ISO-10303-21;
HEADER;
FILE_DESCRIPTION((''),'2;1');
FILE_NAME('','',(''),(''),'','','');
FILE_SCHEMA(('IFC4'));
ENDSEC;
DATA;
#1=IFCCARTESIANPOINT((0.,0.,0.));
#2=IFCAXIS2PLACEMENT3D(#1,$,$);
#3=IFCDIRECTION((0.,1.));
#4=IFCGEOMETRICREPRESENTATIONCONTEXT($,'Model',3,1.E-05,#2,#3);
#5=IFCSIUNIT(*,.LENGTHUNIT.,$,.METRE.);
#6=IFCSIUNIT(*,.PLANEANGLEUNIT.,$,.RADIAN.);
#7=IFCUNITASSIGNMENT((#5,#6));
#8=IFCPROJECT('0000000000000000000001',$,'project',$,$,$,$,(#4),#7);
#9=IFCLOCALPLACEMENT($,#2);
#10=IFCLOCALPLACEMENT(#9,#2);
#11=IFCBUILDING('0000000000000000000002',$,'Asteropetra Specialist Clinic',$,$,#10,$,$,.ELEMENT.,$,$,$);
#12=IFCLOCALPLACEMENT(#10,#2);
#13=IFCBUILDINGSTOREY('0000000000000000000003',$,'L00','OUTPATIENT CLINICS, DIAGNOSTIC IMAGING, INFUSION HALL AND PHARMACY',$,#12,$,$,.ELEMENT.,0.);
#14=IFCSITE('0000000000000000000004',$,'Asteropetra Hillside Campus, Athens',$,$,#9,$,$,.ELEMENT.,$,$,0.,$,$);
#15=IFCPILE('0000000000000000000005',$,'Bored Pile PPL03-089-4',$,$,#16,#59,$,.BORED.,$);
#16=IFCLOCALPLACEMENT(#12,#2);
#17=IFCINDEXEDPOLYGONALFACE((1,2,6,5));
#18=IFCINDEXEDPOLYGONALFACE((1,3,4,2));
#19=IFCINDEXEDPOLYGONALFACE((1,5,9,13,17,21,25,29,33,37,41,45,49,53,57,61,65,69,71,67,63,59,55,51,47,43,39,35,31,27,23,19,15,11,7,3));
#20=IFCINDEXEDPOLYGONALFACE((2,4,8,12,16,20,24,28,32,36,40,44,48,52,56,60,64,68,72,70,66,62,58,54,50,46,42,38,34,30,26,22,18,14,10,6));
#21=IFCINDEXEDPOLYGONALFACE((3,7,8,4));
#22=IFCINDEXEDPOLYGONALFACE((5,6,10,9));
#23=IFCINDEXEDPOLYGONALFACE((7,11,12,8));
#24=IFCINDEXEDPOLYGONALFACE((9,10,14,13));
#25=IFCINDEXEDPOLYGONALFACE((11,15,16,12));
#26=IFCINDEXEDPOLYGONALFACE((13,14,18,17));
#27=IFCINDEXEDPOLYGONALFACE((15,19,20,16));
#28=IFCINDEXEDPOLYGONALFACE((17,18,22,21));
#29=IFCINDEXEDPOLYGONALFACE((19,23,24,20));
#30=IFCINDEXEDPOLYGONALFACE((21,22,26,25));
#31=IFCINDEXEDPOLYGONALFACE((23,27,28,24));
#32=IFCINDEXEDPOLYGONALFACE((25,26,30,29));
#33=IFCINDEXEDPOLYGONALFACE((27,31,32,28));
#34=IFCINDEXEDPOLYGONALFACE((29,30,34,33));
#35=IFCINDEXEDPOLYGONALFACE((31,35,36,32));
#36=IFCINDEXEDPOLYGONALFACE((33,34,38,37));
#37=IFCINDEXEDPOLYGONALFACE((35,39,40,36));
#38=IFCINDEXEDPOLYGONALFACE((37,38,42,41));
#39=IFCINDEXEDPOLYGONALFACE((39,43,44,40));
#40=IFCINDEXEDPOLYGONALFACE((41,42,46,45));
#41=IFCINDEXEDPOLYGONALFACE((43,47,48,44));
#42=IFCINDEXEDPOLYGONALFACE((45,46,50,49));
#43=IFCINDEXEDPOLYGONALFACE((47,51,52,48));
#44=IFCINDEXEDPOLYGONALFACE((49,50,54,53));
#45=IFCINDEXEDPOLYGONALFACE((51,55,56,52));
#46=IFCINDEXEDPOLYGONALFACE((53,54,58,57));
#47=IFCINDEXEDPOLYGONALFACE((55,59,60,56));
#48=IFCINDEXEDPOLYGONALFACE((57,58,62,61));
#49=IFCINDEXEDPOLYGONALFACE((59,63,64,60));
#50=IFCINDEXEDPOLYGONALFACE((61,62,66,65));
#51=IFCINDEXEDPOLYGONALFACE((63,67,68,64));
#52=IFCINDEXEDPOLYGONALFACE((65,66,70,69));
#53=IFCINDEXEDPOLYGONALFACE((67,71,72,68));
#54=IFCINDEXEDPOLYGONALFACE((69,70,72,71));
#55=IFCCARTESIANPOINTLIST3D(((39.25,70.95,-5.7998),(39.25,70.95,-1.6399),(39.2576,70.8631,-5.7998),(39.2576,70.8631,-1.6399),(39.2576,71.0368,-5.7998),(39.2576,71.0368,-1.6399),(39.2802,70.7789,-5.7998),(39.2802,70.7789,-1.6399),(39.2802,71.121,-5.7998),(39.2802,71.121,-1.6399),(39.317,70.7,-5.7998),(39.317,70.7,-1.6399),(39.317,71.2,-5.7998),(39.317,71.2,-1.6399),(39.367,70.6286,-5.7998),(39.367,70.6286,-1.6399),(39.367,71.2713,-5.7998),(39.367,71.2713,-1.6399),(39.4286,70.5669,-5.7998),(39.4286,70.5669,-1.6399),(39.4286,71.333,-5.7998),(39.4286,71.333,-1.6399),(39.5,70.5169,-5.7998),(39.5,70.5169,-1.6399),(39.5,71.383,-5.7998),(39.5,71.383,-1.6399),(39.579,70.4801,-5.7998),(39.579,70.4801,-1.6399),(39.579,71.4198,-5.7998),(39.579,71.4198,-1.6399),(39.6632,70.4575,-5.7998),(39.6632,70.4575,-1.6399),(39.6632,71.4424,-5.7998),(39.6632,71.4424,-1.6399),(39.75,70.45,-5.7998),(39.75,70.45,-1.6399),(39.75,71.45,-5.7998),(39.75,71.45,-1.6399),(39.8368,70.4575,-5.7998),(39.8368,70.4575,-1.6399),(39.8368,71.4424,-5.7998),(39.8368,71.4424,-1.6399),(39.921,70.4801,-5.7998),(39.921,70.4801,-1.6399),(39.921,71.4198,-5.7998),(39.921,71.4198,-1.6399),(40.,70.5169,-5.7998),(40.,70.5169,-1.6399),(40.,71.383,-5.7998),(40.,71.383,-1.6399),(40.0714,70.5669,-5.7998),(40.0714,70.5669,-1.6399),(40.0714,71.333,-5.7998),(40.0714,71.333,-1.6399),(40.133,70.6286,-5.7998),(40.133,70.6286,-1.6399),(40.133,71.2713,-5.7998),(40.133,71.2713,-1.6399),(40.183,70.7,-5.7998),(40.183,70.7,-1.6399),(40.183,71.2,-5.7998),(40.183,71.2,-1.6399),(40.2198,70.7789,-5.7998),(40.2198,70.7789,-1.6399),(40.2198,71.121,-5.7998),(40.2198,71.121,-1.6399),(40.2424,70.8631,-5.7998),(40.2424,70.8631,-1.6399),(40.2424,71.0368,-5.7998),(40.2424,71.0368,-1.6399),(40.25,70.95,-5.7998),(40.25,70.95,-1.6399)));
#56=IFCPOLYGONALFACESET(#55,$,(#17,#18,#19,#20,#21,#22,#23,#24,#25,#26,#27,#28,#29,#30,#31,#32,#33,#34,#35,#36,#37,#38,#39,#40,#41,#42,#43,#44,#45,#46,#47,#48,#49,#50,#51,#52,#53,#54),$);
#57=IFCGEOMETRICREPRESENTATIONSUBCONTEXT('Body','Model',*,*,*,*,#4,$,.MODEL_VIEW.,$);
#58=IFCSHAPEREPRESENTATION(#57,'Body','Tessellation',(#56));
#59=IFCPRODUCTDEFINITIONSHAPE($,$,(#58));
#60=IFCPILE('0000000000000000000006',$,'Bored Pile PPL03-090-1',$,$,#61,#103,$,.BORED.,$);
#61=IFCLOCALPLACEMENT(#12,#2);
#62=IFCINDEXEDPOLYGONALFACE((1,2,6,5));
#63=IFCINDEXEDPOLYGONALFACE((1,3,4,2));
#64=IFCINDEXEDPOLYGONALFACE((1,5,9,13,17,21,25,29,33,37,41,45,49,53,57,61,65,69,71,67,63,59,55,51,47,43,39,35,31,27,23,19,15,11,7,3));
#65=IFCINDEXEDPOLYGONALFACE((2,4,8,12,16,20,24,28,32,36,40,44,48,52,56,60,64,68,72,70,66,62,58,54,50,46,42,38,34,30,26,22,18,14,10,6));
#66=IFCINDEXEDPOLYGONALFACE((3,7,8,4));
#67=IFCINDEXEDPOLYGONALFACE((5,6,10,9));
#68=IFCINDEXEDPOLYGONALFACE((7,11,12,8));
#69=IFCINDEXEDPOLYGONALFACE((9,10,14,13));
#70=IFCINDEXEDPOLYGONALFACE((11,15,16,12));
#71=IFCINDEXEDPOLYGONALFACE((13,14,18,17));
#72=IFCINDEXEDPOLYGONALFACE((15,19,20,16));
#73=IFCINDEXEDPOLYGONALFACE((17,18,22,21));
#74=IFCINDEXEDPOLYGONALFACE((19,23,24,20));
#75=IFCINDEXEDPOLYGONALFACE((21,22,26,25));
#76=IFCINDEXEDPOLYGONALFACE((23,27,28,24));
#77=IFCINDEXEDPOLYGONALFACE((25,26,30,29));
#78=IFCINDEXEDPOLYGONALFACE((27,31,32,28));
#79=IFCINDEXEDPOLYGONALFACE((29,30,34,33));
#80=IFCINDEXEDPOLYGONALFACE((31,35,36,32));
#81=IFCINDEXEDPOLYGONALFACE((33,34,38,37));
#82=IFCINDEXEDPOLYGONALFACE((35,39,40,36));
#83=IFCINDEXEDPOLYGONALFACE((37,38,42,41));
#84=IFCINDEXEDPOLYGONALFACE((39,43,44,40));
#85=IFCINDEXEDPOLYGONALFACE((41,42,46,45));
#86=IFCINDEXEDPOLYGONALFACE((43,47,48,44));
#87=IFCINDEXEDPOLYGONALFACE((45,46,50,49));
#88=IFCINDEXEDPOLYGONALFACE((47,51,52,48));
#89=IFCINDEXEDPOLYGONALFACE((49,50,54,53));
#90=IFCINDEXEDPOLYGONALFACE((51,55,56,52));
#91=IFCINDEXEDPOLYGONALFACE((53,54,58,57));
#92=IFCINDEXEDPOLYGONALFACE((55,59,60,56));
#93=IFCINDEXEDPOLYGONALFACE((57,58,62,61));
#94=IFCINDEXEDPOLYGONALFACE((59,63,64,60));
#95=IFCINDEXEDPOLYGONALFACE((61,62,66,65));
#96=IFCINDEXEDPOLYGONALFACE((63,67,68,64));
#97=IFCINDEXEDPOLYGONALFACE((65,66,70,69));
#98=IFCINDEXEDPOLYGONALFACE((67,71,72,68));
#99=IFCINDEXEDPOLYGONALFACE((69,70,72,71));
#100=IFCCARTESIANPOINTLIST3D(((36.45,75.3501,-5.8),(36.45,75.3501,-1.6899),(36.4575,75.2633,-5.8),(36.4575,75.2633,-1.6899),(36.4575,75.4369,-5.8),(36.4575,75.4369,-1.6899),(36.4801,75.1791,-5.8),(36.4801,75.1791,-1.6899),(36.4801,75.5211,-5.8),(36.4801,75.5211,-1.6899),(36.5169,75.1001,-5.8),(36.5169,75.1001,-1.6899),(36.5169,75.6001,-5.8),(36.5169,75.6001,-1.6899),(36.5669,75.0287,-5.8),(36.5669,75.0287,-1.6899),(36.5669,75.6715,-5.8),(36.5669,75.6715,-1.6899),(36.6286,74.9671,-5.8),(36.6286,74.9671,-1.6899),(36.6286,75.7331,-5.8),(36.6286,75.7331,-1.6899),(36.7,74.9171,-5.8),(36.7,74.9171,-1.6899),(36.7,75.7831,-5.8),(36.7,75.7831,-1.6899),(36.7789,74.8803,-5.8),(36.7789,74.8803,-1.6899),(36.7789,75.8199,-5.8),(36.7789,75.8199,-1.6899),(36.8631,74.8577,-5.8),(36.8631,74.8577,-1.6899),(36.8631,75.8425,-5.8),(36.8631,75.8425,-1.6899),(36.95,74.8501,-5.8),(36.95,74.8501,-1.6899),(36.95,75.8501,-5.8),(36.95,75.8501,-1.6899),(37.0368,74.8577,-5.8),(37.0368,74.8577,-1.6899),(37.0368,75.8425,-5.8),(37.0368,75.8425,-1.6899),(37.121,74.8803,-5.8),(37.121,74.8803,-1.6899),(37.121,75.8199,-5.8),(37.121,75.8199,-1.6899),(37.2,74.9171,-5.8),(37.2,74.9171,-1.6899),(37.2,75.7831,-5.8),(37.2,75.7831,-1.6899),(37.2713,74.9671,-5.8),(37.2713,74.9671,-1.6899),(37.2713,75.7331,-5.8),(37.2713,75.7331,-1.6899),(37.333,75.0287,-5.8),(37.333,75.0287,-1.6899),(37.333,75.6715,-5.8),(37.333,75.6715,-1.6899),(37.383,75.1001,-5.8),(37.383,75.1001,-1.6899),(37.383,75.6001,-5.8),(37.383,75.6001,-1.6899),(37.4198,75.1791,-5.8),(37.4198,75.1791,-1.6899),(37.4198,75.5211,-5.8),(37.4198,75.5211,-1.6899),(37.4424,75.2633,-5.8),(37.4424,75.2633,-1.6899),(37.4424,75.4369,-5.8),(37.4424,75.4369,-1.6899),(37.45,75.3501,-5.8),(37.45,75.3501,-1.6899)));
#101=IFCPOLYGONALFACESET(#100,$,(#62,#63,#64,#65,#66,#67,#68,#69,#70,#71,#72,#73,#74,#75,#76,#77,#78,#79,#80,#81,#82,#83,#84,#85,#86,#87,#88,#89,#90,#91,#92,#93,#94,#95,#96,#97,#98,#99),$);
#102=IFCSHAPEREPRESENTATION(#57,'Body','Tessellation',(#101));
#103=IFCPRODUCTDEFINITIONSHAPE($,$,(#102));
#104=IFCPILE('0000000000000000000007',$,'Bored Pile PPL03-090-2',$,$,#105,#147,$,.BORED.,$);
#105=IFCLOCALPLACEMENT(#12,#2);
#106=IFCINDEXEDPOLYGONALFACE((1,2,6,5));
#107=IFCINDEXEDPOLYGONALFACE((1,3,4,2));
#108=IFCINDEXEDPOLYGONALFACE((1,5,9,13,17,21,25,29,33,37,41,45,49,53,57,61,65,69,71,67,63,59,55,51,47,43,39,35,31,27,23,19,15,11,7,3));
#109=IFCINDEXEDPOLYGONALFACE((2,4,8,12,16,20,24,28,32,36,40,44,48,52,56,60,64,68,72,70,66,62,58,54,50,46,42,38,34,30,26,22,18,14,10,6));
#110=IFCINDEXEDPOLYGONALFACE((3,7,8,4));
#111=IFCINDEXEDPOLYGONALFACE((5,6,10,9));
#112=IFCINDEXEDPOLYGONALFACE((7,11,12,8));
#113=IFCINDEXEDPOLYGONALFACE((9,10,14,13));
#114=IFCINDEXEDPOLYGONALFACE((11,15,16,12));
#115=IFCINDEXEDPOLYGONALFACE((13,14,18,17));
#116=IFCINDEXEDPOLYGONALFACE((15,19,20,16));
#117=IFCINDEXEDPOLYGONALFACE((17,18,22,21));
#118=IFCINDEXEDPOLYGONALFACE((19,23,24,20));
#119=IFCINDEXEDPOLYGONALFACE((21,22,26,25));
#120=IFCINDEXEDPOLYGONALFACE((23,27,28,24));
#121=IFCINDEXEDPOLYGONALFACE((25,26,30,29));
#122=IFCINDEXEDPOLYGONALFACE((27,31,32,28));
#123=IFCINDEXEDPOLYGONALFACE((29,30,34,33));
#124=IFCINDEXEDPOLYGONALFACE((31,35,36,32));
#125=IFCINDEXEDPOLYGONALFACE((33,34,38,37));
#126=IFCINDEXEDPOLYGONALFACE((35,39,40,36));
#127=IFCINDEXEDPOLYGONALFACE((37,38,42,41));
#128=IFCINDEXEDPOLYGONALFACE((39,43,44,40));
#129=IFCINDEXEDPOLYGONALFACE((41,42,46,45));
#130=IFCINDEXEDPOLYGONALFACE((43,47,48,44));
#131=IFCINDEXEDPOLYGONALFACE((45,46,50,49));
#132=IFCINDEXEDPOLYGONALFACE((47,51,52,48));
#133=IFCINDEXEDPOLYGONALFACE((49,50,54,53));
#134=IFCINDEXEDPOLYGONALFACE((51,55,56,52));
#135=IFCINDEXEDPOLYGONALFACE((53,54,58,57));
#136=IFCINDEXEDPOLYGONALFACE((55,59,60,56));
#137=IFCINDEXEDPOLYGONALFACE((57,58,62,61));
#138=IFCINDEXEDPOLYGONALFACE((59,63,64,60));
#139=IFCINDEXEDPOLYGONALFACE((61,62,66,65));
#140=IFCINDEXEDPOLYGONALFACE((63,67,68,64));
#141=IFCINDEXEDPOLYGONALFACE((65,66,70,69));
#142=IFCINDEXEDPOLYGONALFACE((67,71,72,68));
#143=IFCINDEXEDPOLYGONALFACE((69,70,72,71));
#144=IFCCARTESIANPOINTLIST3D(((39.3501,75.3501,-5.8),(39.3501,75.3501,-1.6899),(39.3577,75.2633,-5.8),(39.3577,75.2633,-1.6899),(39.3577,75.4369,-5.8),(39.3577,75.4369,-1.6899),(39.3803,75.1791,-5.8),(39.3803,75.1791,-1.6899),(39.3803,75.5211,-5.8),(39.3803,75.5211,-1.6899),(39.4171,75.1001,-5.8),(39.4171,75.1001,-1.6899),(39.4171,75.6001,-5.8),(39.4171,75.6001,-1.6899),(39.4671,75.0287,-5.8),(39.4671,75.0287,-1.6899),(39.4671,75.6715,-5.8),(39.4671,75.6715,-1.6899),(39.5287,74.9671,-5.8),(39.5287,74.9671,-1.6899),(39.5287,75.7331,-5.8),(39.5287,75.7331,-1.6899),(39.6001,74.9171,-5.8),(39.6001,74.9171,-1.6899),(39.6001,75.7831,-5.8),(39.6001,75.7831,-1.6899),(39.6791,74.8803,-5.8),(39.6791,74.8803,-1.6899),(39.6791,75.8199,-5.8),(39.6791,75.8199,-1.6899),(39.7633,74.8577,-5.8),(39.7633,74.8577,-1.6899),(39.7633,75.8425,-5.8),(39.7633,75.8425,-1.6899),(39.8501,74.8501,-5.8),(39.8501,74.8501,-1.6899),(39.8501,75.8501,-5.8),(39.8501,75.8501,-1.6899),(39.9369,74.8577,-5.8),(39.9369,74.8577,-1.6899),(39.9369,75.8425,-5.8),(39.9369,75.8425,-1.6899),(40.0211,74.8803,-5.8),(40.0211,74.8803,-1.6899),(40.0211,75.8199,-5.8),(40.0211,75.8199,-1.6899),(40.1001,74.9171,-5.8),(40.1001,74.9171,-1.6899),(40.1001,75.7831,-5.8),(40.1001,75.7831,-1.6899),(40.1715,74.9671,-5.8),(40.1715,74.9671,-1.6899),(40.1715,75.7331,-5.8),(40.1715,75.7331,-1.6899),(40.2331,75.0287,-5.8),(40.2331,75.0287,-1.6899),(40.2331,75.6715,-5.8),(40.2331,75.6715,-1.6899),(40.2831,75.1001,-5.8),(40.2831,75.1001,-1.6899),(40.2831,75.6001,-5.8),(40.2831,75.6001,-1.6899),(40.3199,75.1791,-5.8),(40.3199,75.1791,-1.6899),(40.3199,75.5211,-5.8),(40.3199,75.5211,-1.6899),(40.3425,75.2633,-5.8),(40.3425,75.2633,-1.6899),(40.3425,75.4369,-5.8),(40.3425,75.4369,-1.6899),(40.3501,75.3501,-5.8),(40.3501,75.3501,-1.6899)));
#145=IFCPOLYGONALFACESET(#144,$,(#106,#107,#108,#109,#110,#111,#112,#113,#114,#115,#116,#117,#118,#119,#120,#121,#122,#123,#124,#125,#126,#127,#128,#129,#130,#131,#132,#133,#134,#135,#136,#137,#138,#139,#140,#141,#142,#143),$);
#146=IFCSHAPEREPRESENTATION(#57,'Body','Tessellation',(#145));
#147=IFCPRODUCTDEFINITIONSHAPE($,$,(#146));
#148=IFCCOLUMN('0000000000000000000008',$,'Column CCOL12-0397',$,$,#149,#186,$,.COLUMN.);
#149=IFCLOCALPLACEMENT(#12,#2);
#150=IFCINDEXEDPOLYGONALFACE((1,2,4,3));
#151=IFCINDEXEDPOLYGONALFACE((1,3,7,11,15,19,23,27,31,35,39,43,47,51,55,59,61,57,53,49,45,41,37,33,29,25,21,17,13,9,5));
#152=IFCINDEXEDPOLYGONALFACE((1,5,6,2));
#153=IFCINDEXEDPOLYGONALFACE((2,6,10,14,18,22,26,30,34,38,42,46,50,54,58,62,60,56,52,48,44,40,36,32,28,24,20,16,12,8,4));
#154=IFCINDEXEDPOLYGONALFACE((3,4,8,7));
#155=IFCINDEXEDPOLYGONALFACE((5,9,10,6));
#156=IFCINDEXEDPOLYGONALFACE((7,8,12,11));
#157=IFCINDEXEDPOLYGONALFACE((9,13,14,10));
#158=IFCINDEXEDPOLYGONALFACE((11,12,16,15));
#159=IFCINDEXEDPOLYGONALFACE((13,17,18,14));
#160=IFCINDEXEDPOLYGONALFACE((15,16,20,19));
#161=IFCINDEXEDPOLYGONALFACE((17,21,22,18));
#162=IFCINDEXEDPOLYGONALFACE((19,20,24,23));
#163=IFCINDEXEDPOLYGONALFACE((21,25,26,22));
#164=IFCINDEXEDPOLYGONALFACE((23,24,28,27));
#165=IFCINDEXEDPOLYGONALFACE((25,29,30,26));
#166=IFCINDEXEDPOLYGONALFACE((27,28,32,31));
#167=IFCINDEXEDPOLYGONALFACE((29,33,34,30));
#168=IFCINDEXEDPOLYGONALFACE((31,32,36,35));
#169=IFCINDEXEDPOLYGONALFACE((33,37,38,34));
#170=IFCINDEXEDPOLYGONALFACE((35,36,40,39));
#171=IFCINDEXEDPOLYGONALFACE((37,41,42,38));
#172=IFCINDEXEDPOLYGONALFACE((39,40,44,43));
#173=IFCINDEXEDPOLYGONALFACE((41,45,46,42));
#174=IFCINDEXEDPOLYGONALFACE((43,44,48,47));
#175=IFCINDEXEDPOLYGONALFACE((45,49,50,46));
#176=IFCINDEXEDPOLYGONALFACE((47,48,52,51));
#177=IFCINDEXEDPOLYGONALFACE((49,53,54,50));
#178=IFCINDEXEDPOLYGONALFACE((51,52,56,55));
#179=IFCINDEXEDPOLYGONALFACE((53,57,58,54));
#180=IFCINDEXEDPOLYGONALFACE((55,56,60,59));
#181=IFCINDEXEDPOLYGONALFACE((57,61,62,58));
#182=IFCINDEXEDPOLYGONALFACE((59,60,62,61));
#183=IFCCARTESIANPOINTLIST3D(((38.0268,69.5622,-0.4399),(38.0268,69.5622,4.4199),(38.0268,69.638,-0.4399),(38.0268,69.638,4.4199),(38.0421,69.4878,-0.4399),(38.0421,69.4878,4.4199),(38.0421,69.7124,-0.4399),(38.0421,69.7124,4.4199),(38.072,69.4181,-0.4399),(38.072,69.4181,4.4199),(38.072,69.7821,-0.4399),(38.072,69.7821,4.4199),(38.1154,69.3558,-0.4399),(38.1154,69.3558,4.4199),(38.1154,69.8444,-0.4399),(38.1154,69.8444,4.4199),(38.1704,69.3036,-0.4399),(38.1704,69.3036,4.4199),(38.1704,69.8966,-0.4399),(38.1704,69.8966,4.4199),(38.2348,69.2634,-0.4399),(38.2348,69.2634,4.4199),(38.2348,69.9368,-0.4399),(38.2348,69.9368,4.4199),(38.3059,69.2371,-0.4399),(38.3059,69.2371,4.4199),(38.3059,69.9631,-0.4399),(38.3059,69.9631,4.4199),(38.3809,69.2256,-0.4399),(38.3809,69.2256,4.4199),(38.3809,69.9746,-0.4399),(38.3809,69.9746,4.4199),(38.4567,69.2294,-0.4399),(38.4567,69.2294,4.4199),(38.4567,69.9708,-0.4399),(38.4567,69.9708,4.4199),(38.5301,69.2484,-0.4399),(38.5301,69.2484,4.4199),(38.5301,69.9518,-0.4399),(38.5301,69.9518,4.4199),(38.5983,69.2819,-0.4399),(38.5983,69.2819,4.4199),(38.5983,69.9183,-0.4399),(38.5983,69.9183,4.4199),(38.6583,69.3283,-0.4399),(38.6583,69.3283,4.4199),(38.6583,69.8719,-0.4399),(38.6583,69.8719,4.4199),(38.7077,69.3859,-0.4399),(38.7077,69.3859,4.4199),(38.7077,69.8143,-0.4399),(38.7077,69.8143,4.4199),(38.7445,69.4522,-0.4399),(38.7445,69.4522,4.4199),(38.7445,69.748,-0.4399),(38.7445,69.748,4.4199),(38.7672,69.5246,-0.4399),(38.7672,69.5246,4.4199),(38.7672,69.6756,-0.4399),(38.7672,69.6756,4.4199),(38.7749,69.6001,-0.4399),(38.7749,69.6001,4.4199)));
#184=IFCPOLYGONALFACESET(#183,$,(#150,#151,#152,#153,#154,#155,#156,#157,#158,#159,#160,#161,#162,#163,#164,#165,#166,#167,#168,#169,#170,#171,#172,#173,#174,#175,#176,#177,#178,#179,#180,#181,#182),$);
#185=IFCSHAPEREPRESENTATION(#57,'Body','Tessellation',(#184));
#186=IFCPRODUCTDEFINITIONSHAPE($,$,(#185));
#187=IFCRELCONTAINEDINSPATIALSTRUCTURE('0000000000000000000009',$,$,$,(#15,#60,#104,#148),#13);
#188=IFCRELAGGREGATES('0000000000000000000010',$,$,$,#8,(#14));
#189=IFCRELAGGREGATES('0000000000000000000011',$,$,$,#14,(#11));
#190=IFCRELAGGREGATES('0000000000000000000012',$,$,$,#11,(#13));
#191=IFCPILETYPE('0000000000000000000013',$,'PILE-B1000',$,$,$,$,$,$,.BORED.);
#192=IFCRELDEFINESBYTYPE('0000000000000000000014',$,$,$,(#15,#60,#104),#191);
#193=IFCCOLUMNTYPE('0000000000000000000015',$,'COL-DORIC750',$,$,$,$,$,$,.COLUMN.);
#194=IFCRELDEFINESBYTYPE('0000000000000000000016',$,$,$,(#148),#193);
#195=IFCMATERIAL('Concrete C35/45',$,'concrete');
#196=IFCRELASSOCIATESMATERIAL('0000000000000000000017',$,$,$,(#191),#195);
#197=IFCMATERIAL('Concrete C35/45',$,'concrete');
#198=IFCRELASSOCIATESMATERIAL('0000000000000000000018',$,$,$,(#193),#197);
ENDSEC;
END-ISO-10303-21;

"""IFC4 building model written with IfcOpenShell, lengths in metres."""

from ifc_helpers import new_model, si_unit, direction, frame, origin, origin_2d, place, context, subcontext, project, spatial, circle, extrude, material, material_profile, profile_set, type_object, element, save


model = new_model("IFC4")

# Units and contexts
model_context = context("Model", 3, precision=1e-05, world=origin(), true_north=direction((0.0, 1.0)))
body_context = subcontext(model_context, "Body", "Model", "MODEL_VIEW")
ifc_project = project(units=[si_unit("LENGTHUNIT", "METRE"), si_unit("PLANEANGLEUNIT", "RADIAN")], contexts=[model_context])

# Site, building, storey
site_placement = place(None, origin())
site = spatial("IfcSite", under=ifc_project, at=site_placement, Name="Asteropetra Hillside Campus, Athens", CompositionType="ELEMENT", RefElevation=0.0)
building_placement = place(site_placement, origin())
building = spatial("IfcBuilding", under=site, at=building_placement, Name="Asteropetra Specialist Clinic", CompositionType="ELEMENT")
storey_placement = place(building_placement, origin())
storey = spatial("IfcBuildingStorey", under=building, at=storey_placement, Name="L00", Description="OUTPATIENT CLINICS, DIAGNOSTIC IMAGING, INFUSION HALL AND PHARMACY", CompositionType="ELEMENT", Elevation=0.0)

# Piles
ifc_material_1 = material(Name="Concrete C35/45", Category="concrete")
ifc_material_profile_1 = material_profile(ifc_material_1, circle(Radius=0.5, at=origin_2d()), Name="PILE D1000")
ifc_profile_set_1 = profile_set([ifc_material_profile_1], Name="Concrete C35/45")
pile_type = type_object("IfcPileType", Name="PILE-B1000", PredefinedType="BORED", material=ifc_profile_set_1)
for number, where, z_axis, x_axis, name in (
    (1, (39.75, 70.95, -1.6399), (0.0, 0.0, -1.0), (1.0, 0.0, 0.0), "Bored Pile PPL03-089-4"),
):
    element("IfcPile", number, at=place(storey_placement, frame(where, z_axis=z_axis, x_axis=x_axis)), inside=storey, type_object=pile_type, Name=name, PredefinedType="BORED", context=body_context, shape_type="SweptSolid", body=[
        extrude(circle(Radius=0.5, at=origin_2d()), origin(), (0.0, 0.0, 1.0), 4.1599),
    ])
for number, where, z_axis, x_axis, name in (
    (2, (36.95, 75.3501, -1.6899), (0.0, 0.0, -1.0), (1.0, 0.0, 0.0), "Bored Pile PPL03-090-1"),
    (3, (39.8501, 75.3501, -1.6899), (0.0, 0.0, -1.0), (1.0, 0.0, 0.0), "Bored Pile PPL03-090-2"),
):
    element("IfcPile", number, at=place(storey_placement, frame(where, z_axis=z_axis, x_axis=x_axis)), inside=storey, type_object=pile_type, Name=name, PredefinedType="BORED", context=body_context, shape_type="SweptSolid", body=[
        extrude(circle(Radius=0.5, at=origin_2d()), origin(), (0.0, 0.0, 1.0), 4.1101),
    ])

# Column
ifc_material_2 = material(Name="Concrete C35/45", Category="concrete")
ifc_material_profile_2 = material_profile(ifc_material_2, circle(Radius=0.375, at=origin_2d()), Name="RCC D750")
ifc_profile_set_2 = profile_set([ifc_material_profile_2], Name="Concrete C35/45")
column_type = type_object("IfcColumnType", Name="COL-DORIC750", PredefinedType="COLUMN", material=ifc_profile_set_2)
for number, where, z_axis, x_axis, name in (
    (4, (38.3999, 69.6001, -0.4399), (0.0, 0.0, 1.0), (1.0, 0.0, 0.0), "Column CCOL12-0397"),
):
    element("IfcColumn", number, at=place(storey_placement, frame(where, z_axis=z_axis, x_axis=x_axis)), inside=storey, type_object=column_type, Name=name, PredefinedType="COLUMN", context=body_context, shape_type="SweptSolid", body=[
        extrude(circle(Radius=0.375, at=origin_2d()), origin(), (0.0, 0.0, 1.0), 4.8599),
    ])

save(model, "model.ifc")
